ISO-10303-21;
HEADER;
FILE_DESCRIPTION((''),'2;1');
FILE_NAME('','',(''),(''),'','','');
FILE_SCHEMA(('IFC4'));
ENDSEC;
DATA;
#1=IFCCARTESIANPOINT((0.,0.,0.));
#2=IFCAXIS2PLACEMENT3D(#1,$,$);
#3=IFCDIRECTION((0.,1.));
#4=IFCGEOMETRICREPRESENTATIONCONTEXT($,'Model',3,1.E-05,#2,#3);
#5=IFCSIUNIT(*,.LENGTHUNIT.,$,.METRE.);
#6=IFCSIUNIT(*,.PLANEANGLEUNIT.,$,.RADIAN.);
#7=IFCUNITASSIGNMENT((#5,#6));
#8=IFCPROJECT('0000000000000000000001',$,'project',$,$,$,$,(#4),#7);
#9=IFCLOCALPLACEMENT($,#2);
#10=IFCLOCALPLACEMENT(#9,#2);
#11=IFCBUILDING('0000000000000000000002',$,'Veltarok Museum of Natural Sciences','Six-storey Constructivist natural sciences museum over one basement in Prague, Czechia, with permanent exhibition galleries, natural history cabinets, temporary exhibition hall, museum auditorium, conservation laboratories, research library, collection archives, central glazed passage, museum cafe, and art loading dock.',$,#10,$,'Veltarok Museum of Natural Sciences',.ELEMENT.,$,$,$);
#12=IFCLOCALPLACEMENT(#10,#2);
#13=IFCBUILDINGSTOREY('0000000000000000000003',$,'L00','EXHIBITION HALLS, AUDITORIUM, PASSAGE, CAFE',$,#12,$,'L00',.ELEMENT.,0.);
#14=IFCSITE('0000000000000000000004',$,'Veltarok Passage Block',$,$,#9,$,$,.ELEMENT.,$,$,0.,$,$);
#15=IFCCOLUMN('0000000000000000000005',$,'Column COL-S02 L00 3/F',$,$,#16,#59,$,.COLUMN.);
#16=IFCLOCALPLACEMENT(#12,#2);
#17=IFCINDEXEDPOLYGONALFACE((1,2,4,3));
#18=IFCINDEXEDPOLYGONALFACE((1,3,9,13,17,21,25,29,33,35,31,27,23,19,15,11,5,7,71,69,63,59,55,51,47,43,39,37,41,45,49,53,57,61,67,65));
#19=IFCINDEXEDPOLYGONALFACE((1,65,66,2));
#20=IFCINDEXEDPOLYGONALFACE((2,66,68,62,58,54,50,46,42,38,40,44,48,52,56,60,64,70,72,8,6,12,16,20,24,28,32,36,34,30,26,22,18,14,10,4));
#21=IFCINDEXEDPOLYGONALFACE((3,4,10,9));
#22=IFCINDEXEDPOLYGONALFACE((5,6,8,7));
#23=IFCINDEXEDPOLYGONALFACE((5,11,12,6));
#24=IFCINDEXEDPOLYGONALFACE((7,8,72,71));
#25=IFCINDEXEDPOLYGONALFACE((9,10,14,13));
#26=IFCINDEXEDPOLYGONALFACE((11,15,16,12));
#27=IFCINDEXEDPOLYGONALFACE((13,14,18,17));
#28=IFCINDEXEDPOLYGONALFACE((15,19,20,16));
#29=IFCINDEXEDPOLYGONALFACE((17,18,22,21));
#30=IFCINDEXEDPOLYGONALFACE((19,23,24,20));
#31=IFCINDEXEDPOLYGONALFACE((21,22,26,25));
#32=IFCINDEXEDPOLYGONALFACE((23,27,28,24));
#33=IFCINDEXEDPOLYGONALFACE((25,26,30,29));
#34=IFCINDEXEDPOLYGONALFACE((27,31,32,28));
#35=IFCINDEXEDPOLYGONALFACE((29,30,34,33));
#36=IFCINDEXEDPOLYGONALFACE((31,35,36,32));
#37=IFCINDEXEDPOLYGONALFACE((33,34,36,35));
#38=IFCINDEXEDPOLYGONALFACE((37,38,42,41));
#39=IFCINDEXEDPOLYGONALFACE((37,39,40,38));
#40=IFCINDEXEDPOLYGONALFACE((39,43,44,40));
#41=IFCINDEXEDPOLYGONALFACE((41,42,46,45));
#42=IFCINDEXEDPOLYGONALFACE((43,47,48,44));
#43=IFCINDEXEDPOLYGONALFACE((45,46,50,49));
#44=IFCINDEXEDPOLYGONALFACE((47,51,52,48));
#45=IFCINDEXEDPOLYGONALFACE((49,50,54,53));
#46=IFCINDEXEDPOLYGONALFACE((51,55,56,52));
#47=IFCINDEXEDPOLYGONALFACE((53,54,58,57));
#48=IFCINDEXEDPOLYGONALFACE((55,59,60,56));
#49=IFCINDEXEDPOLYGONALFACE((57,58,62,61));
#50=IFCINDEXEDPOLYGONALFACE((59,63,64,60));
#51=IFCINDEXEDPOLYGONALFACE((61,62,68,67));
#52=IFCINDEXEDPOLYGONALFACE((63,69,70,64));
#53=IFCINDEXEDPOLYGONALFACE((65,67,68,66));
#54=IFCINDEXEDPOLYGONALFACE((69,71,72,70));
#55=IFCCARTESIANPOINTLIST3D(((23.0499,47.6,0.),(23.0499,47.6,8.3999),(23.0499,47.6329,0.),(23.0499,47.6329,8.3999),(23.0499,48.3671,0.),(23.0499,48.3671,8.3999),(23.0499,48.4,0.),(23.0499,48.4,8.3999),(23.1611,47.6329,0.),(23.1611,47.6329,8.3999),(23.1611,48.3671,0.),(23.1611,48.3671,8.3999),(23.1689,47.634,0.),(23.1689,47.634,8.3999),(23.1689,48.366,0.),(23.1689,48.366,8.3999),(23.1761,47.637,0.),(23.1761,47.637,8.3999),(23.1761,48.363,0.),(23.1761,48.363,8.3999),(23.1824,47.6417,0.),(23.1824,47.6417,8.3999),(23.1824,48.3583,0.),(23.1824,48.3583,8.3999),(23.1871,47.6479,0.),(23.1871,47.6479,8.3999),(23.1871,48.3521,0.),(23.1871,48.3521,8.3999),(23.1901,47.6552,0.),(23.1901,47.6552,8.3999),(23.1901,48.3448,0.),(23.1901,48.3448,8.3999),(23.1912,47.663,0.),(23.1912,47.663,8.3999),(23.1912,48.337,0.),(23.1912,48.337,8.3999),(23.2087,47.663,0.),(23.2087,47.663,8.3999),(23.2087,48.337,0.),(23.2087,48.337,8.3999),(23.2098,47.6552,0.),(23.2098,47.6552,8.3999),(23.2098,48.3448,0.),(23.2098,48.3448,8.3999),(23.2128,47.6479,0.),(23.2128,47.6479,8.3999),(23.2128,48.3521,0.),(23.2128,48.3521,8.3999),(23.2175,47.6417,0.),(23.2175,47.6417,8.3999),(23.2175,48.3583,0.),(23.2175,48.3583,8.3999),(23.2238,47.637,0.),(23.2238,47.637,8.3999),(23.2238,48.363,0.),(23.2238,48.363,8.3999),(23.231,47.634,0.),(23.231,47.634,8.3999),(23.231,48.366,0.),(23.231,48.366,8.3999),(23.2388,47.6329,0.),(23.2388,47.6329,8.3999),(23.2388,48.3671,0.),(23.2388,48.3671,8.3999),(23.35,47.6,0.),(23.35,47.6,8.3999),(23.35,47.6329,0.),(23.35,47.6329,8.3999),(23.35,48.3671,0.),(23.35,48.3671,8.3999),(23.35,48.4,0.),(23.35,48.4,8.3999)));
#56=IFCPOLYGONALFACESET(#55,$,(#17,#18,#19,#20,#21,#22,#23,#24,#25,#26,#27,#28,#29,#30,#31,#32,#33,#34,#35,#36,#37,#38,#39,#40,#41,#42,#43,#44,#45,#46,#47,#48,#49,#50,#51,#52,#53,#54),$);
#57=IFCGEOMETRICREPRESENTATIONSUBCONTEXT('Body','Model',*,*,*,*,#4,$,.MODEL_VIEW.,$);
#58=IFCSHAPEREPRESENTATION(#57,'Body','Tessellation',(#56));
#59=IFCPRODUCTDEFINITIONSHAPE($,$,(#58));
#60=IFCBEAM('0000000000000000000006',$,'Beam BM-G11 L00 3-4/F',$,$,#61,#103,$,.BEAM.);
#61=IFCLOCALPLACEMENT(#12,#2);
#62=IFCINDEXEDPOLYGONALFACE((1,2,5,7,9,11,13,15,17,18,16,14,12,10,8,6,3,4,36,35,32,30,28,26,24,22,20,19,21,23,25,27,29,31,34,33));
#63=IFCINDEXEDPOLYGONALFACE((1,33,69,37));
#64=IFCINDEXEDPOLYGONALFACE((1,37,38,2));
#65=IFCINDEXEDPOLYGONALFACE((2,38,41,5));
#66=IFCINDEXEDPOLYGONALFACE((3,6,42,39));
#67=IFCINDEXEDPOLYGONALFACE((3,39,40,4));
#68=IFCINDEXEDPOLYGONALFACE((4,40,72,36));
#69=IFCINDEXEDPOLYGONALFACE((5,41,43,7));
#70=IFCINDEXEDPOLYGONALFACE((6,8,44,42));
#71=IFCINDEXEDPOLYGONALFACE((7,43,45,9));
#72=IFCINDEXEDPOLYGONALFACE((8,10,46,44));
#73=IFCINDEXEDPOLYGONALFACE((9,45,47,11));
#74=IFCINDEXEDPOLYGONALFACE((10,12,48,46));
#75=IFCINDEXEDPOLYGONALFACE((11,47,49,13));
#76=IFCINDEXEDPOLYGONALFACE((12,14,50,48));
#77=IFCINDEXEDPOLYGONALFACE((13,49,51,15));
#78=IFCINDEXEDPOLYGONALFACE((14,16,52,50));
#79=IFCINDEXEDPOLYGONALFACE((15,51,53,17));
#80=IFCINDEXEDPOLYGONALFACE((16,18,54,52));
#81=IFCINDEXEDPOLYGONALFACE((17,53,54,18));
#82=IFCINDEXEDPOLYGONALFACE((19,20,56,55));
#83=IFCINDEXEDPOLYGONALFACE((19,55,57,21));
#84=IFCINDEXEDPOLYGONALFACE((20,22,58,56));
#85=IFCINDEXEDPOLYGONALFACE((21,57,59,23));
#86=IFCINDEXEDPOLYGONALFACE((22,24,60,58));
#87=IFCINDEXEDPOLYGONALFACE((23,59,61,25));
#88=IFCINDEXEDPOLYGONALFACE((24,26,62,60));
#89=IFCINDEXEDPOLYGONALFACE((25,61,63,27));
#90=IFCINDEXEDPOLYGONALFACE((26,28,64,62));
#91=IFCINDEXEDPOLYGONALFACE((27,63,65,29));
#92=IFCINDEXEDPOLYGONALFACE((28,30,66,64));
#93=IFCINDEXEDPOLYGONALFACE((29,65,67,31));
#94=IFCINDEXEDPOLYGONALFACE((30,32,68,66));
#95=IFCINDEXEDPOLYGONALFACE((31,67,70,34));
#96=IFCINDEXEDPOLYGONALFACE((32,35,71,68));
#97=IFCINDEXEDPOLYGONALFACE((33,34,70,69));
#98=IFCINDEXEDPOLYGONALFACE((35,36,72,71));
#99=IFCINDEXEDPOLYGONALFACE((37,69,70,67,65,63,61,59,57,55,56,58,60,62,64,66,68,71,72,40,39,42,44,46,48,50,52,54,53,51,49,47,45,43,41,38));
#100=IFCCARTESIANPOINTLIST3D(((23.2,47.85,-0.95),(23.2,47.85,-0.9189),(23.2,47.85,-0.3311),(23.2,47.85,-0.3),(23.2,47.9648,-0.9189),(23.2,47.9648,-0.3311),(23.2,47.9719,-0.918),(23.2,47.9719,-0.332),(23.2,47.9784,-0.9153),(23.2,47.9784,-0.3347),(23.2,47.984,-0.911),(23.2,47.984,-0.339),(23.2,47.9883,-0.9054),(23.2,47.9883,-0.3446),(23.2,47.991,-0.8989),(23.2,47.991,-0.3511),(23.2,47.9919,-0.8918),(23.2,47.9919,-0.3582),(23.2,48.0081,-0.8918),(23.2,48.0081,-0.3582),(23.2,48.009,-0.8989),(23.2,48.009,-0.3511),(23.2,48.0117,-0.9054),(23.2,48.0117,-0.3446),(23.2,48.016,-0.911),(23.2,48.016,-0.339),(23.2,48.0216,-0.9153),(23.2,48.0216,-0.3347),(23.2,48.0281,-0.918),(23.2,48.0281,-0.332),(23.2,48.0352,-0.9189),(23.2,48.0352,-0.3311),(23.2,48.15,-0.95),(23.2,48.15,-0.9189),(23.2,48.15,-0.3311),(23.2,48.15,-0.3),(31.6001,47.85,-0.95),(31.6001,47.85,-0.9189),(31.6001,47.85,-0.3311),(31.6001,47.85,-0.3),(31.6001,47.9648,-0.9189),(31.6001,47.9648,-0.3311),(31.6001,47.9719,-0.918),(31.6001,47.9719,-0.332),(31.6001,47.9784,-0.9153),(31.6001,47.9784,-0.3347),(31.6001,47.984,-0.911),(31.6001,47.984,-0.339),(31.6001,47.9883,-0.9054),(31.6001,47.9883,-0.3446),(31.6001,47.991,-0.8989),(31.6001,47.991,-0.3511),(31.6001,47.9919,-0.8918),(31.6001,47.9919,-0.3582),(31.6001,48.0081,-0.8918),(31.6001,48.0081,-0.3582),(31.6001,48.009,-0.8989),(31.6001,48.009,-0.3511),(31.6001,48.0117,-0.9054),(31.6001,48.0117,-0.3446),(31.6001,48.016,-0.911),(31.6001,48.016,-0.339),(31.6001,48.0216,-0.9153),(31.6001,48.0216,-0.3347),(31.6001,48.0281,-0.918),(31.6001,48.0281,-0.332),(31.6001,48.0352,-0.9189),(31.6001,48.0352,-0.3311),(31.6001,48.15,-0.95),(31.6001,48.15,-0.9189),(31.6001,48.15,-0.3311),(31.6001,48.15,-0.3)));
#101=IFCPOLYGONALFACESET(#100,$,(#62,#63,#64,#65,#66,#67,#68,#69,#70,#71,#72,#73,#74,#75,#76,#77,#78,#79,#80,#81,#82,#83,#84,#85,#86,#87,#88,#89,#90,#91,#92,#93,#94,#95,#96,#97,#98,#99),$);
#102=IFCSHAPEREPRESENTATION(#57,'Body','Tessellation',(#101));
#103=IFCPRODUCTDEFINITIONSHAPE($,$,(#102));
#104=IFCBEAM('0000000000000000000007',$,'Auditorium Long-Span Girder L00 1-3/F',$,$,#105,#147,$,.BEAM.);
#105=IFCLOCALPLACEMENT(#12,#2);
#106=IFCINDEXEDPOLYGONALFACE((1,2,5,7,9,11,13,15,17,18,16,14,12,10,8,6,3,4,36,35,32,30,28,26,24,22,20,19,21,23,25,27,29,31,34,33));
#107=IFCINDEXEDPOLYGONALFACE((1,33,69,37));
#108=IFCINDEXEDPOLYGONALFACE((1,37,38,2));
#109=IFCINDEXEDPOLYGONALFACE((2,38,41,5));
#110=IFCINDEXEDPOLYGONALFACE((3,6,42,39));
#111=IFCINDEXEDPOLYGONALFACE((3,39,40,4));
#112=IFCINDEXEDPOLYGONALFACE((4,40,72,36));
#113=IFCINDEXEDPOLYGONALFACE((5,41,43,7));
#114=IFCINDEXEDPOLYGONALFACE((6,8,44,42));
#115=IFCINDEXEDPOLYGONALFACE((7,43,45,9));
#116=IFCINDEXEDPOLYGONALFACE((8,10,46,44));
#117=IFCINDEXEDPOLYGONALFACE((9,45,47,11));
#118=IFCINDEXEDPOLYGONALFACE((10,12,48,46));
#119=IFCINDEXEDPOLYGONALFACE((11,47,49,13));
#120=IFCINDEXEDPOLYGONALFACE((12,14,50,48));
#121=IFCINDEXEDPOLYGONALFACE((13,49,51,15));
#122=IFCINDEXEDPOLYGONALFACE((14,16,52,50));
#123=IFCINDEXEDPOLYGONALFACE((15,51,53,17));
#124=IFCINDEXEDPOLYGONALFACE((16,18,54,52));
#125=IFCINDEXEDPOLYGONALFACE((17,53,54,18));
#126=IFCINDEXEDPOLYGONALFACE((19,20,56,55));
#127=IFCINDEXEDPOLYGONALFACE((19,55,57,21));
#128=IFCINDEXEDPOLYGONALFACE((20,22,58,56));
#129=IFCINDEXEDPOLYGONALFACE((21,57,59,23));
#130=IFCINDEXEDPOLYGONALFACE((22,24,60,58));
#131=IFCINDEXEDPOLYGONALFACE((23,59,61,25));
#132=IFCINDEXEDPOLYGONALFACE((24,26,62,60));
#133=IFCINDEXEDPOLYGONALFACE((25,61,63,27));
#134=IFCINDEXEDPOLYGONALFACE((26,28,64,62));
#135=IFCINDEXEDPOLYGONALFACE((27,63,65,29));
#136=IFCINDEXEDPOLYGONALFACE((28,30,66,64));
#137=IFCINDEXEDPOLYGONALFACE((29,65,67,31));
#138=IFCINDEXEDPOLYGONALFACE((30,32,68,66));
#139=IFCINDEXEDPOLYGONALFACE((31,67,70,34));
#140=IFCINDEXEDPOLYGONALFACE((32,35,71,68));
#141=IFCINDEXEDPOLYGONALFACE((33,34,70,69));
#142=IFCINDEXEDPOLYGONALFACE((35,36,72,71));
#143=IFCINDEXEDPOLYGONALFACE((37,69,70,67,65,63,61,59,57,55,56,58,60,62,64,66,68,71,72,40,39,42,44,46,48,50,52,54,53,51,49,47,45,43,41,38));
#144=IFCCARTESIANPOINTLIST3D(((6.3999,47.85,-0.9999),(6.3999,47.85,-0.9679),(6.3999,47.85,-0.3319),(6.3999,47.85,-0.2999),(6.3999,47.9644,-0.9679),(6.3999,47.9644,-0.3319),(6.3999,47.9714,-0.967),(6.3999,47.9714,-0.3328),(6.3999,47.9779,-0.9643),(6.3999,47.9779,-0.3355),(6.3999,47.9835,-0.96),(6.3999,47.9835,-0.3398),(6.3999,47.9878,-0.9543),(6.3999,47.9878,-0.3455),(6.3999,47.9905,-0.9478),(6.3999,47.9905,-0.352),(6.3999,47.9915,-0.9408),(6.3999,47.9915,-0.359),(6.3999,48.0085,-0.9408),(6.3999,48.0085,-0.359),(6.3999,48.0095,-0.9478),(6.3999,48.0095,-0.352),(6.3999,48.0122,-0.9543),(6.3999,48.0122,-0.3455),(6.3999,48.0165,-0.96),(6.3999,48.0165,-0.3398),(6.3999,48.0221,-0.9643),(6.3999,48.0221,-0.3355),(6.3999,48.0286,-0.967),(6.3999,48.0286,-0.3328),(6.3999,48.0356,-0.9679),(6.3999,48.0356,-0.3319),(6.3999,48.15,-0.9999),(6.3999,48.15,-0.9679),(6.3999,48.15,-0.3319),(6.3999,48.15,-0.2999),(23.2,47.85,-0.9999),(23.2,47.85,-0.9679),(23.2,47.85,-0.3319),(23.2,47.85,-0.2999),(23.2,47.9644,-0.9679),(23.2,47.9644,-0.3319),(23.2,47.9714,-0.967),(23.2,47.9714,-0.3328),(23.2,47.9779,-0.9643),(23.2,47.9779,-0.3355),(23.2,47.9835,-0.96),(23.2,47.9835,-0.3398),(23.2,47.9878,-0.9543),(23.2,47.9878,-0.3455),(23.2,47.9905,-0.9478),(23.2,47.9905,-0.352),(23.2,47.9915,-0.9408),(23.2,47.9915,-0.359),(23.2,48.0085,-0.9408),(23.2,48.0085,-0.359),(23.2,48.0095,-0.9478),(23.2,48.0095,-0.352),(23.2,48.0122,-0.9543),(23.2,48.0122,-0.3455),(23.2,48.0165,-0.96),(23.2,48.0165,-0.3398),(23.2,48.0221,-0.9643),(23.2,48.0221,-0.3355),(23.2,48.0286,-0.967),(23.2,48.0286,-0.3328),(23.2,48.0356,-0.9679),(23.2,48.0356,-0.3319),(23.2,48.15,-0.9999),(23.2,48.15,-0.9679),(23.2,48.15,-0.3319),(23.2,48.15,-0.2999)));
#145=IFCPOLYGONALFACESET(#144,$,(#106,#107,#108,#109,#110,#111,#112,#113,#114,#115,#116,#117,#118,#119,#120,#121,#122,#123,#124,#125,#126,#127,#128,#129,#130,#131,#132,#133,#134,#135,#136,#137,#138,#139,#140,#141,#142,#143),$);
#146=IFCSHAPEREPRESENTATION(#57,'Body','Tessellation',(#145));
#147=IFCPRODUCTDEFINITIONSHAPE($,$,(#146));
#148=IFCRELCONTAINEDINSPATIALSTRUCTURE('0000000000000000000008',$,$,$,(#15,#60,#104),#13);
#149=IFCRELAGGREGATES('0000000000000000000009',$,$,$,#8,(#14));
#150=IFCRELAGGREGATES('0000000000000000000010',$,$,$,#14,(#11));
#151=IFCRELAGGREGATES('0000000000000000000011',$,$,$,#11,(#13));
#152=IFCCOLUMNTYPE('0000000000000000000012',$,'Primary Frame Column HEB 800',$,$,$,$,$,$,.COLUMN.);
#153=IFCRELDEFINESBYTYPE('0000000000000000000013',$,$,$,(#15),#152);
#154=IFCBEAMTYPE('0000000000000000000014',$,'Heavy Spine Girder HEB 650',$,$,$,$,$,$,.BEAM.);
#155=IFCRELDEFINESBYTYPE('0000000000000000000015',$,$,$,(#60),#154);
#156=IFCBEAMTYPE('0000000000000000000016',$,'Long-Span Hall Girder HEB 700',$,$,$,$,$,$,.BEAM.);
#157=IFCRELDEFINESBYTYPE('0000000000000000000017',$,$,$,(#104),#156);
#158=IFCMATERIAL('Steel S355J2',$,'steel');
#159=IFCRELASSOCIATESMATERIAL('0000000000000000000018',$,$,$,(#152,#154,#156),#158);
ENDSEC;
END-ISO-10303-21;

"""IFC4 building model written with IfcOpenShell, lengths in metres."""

from ifc_helpers import new_model, si_unit, direction, frame, origin, origin_2d, place, context, subcontext, project, spatial, i_section, extrude, material, material_profile, profile_set, type_object, element, save


model = new_model("IFC4")

# Units and contexts
model_context = context("Model", 3, precision=1e-05, world=origin(), true_north=direction((0.0, 1.0)))
body_context = subcontext(model_context, "Body", "Model", "MODEL_VIEW")
ifc_project = project(units=[si_unit("LENGTHUNIT", "METRE"), si_unit("PLANEANGLEUNIT", "RADIAN")], contexts=[model_context])

# Site, building, storey
site_placement = place(None, origin())
site = spatial("IfcSite", under=ifc_project, at=site_placement, Name="Veltarok Passage Block", CompositionType="ELEMENT", RefElevation=0.0)
building_placement = place(site_placement, origin())
building = spatial("IfcBuilding", under=site, at=building_placement, Name="Veltarok Museum of Natural Sciences", Description="Six-storey Constructivist natural sciences museum over one basement in Prague, Czechia, with permanent exhibition galleries, natural history cabinets, temporary exhibition hall, museum auditorium, conservation laboratories, research library, collection archives, central glazed passage, museum cafe, and art loading dock.", LongName="Veltarok Museum of Natural Sciences", CompositionType="ELEMENT")
storey_placement = place(building_placement, origin())
storey = spatial("IfcBuildingStorey", under=building, at=storey_placement, Name="L00", Description="EXHIBITION HALLS, AUDITORIUM, PASSAGE, CAFE", LongName="L00", CompositionType="ELEMENT", Elevation=0.0)

# Column
ifc_material_1 = material(Name="Steel S355J2", Category="steel")
ifc_material_profile_1 = material_profile(ifc_material_1, i_section(OverallWidth=0.3, OverallDepth=0.8, WebThickness=0.0176, FlangeThickness=0.033, FilletRadius=0.03, at=origin_2d()), Name="HEB 800")
ifc_profile_set_1 = profile_set([ifc_material_profile_1], Name="Steel S355J2")
column_type_1 = type_object("IfcColumnType", Name="Primary Frame Column HEB 800", PredefinedType="COLUMN", material=ifc_profile_set_1)
column_1_placement = place(storey_placement, frame((23.2, 48.0, 0.0), z_axis=(0.0, 0.0, 1.0), x_axis=(1.0, 0.0, 0.0)))
element("IfcColumn", 1, at=column_1_placement, inside=storey, type_object=column_type_1, Name="Column COL-S02 L00 3/F", PredefinedType="COLUMN", context=body_context, shape_type="SweptSolid", body=[
    extrude(i_section(OverallWidth=0.3, OverallDepth=0.8, WebThickness=0.0176, FlangeThickness=0.033, FilletRadius=0.03, at=origin_2d()), origin(), (0.0, 0.0, 1.0), 8.3999),
])

# Beams
ifc_material_profile_2 = material_profile(ifc_material_1, i_section(OverallWidth=0.3, OverallDepth=0.6499, WebThickness=0.0161, FlangeThickness=0.031, FilletRadius=0.0271, at=origin_2d()), Name="HEB 650")
ifc_profile_set_2 = profile_set([ifc_material_profile_2], Name="Steel S355J2")
beam_type_1 = type_object("IfcBeamType", Name="Heavy Spine Girder HEB 650", PredefinedType="BEAM", material=ifc_profile_set_2)
beam_1_placement = place(storey_placement, frame((23.2, 48.0, -0.625), z_axis=(1.0, 0.0, 0.0), x_axis=(0.0, 1.0, 0.0)))
element("IfcBeam", 2, at=beam_1_placement, inside=storey, type_object=beam_type_1, Name="Beam BM-G11 L00 3-4/F", PredefinedType="BEAM", context=body_context, shape_type="SweptSolid", body=[
    extrude(i_section(OverallWidth=0.3, OverallDepth=0.6499, WebThickness=0.0161, FlangeThickness=0.031, FilletRadius=0.0271, at=origin_2d()), origin(), (0.0, 0.0, 1.0), 8.4001),
])
ifc_material_profile_3 = material_profile(ifc_material_1, i_section(OverallWidth=0.3, OverallDepth=0.7, WebThickness=0.0171, FlangeThickness=0.032, FilletRadius=0.0271, at=origin_2d()), Name="HEB 700")
ifc_profile_set_3 = profile_set([ifc_material_profile_3], Name="Steel S355J2")
beam_type_2 = type_object("IfcBeamType", Name="Long-Span Hall Girder HEB 700", PredefinedType="BEAM", material=ifc_profile_set_3)
beam_2_placement = place(storey_placement, frame((6.3999, 48.0, -0.6499), z_axis=(1.0, 0.0, 0.0), x_axis=(0.0, 1.0, 0.0)))
element("IfcBeam", 3, at=beam_2_placement, inside=storey, type_object=beam_type_2, Name="Auditorium Long-Span Girder L00 1-3/F", PredefinedType="BEAM", context=body_context, shape_type="SweptSolid", body=[
    extrude(i_section(OverallWidth=0.3, OverallDepth=0.7, WebThickness=0.0171, FlangeThickness=0.032, FilletRadius=0.0271, at=origin_2d()), origin(), (0.0, 0.0, 1.0), 16.8),
])

save(model, "model.ifc")
